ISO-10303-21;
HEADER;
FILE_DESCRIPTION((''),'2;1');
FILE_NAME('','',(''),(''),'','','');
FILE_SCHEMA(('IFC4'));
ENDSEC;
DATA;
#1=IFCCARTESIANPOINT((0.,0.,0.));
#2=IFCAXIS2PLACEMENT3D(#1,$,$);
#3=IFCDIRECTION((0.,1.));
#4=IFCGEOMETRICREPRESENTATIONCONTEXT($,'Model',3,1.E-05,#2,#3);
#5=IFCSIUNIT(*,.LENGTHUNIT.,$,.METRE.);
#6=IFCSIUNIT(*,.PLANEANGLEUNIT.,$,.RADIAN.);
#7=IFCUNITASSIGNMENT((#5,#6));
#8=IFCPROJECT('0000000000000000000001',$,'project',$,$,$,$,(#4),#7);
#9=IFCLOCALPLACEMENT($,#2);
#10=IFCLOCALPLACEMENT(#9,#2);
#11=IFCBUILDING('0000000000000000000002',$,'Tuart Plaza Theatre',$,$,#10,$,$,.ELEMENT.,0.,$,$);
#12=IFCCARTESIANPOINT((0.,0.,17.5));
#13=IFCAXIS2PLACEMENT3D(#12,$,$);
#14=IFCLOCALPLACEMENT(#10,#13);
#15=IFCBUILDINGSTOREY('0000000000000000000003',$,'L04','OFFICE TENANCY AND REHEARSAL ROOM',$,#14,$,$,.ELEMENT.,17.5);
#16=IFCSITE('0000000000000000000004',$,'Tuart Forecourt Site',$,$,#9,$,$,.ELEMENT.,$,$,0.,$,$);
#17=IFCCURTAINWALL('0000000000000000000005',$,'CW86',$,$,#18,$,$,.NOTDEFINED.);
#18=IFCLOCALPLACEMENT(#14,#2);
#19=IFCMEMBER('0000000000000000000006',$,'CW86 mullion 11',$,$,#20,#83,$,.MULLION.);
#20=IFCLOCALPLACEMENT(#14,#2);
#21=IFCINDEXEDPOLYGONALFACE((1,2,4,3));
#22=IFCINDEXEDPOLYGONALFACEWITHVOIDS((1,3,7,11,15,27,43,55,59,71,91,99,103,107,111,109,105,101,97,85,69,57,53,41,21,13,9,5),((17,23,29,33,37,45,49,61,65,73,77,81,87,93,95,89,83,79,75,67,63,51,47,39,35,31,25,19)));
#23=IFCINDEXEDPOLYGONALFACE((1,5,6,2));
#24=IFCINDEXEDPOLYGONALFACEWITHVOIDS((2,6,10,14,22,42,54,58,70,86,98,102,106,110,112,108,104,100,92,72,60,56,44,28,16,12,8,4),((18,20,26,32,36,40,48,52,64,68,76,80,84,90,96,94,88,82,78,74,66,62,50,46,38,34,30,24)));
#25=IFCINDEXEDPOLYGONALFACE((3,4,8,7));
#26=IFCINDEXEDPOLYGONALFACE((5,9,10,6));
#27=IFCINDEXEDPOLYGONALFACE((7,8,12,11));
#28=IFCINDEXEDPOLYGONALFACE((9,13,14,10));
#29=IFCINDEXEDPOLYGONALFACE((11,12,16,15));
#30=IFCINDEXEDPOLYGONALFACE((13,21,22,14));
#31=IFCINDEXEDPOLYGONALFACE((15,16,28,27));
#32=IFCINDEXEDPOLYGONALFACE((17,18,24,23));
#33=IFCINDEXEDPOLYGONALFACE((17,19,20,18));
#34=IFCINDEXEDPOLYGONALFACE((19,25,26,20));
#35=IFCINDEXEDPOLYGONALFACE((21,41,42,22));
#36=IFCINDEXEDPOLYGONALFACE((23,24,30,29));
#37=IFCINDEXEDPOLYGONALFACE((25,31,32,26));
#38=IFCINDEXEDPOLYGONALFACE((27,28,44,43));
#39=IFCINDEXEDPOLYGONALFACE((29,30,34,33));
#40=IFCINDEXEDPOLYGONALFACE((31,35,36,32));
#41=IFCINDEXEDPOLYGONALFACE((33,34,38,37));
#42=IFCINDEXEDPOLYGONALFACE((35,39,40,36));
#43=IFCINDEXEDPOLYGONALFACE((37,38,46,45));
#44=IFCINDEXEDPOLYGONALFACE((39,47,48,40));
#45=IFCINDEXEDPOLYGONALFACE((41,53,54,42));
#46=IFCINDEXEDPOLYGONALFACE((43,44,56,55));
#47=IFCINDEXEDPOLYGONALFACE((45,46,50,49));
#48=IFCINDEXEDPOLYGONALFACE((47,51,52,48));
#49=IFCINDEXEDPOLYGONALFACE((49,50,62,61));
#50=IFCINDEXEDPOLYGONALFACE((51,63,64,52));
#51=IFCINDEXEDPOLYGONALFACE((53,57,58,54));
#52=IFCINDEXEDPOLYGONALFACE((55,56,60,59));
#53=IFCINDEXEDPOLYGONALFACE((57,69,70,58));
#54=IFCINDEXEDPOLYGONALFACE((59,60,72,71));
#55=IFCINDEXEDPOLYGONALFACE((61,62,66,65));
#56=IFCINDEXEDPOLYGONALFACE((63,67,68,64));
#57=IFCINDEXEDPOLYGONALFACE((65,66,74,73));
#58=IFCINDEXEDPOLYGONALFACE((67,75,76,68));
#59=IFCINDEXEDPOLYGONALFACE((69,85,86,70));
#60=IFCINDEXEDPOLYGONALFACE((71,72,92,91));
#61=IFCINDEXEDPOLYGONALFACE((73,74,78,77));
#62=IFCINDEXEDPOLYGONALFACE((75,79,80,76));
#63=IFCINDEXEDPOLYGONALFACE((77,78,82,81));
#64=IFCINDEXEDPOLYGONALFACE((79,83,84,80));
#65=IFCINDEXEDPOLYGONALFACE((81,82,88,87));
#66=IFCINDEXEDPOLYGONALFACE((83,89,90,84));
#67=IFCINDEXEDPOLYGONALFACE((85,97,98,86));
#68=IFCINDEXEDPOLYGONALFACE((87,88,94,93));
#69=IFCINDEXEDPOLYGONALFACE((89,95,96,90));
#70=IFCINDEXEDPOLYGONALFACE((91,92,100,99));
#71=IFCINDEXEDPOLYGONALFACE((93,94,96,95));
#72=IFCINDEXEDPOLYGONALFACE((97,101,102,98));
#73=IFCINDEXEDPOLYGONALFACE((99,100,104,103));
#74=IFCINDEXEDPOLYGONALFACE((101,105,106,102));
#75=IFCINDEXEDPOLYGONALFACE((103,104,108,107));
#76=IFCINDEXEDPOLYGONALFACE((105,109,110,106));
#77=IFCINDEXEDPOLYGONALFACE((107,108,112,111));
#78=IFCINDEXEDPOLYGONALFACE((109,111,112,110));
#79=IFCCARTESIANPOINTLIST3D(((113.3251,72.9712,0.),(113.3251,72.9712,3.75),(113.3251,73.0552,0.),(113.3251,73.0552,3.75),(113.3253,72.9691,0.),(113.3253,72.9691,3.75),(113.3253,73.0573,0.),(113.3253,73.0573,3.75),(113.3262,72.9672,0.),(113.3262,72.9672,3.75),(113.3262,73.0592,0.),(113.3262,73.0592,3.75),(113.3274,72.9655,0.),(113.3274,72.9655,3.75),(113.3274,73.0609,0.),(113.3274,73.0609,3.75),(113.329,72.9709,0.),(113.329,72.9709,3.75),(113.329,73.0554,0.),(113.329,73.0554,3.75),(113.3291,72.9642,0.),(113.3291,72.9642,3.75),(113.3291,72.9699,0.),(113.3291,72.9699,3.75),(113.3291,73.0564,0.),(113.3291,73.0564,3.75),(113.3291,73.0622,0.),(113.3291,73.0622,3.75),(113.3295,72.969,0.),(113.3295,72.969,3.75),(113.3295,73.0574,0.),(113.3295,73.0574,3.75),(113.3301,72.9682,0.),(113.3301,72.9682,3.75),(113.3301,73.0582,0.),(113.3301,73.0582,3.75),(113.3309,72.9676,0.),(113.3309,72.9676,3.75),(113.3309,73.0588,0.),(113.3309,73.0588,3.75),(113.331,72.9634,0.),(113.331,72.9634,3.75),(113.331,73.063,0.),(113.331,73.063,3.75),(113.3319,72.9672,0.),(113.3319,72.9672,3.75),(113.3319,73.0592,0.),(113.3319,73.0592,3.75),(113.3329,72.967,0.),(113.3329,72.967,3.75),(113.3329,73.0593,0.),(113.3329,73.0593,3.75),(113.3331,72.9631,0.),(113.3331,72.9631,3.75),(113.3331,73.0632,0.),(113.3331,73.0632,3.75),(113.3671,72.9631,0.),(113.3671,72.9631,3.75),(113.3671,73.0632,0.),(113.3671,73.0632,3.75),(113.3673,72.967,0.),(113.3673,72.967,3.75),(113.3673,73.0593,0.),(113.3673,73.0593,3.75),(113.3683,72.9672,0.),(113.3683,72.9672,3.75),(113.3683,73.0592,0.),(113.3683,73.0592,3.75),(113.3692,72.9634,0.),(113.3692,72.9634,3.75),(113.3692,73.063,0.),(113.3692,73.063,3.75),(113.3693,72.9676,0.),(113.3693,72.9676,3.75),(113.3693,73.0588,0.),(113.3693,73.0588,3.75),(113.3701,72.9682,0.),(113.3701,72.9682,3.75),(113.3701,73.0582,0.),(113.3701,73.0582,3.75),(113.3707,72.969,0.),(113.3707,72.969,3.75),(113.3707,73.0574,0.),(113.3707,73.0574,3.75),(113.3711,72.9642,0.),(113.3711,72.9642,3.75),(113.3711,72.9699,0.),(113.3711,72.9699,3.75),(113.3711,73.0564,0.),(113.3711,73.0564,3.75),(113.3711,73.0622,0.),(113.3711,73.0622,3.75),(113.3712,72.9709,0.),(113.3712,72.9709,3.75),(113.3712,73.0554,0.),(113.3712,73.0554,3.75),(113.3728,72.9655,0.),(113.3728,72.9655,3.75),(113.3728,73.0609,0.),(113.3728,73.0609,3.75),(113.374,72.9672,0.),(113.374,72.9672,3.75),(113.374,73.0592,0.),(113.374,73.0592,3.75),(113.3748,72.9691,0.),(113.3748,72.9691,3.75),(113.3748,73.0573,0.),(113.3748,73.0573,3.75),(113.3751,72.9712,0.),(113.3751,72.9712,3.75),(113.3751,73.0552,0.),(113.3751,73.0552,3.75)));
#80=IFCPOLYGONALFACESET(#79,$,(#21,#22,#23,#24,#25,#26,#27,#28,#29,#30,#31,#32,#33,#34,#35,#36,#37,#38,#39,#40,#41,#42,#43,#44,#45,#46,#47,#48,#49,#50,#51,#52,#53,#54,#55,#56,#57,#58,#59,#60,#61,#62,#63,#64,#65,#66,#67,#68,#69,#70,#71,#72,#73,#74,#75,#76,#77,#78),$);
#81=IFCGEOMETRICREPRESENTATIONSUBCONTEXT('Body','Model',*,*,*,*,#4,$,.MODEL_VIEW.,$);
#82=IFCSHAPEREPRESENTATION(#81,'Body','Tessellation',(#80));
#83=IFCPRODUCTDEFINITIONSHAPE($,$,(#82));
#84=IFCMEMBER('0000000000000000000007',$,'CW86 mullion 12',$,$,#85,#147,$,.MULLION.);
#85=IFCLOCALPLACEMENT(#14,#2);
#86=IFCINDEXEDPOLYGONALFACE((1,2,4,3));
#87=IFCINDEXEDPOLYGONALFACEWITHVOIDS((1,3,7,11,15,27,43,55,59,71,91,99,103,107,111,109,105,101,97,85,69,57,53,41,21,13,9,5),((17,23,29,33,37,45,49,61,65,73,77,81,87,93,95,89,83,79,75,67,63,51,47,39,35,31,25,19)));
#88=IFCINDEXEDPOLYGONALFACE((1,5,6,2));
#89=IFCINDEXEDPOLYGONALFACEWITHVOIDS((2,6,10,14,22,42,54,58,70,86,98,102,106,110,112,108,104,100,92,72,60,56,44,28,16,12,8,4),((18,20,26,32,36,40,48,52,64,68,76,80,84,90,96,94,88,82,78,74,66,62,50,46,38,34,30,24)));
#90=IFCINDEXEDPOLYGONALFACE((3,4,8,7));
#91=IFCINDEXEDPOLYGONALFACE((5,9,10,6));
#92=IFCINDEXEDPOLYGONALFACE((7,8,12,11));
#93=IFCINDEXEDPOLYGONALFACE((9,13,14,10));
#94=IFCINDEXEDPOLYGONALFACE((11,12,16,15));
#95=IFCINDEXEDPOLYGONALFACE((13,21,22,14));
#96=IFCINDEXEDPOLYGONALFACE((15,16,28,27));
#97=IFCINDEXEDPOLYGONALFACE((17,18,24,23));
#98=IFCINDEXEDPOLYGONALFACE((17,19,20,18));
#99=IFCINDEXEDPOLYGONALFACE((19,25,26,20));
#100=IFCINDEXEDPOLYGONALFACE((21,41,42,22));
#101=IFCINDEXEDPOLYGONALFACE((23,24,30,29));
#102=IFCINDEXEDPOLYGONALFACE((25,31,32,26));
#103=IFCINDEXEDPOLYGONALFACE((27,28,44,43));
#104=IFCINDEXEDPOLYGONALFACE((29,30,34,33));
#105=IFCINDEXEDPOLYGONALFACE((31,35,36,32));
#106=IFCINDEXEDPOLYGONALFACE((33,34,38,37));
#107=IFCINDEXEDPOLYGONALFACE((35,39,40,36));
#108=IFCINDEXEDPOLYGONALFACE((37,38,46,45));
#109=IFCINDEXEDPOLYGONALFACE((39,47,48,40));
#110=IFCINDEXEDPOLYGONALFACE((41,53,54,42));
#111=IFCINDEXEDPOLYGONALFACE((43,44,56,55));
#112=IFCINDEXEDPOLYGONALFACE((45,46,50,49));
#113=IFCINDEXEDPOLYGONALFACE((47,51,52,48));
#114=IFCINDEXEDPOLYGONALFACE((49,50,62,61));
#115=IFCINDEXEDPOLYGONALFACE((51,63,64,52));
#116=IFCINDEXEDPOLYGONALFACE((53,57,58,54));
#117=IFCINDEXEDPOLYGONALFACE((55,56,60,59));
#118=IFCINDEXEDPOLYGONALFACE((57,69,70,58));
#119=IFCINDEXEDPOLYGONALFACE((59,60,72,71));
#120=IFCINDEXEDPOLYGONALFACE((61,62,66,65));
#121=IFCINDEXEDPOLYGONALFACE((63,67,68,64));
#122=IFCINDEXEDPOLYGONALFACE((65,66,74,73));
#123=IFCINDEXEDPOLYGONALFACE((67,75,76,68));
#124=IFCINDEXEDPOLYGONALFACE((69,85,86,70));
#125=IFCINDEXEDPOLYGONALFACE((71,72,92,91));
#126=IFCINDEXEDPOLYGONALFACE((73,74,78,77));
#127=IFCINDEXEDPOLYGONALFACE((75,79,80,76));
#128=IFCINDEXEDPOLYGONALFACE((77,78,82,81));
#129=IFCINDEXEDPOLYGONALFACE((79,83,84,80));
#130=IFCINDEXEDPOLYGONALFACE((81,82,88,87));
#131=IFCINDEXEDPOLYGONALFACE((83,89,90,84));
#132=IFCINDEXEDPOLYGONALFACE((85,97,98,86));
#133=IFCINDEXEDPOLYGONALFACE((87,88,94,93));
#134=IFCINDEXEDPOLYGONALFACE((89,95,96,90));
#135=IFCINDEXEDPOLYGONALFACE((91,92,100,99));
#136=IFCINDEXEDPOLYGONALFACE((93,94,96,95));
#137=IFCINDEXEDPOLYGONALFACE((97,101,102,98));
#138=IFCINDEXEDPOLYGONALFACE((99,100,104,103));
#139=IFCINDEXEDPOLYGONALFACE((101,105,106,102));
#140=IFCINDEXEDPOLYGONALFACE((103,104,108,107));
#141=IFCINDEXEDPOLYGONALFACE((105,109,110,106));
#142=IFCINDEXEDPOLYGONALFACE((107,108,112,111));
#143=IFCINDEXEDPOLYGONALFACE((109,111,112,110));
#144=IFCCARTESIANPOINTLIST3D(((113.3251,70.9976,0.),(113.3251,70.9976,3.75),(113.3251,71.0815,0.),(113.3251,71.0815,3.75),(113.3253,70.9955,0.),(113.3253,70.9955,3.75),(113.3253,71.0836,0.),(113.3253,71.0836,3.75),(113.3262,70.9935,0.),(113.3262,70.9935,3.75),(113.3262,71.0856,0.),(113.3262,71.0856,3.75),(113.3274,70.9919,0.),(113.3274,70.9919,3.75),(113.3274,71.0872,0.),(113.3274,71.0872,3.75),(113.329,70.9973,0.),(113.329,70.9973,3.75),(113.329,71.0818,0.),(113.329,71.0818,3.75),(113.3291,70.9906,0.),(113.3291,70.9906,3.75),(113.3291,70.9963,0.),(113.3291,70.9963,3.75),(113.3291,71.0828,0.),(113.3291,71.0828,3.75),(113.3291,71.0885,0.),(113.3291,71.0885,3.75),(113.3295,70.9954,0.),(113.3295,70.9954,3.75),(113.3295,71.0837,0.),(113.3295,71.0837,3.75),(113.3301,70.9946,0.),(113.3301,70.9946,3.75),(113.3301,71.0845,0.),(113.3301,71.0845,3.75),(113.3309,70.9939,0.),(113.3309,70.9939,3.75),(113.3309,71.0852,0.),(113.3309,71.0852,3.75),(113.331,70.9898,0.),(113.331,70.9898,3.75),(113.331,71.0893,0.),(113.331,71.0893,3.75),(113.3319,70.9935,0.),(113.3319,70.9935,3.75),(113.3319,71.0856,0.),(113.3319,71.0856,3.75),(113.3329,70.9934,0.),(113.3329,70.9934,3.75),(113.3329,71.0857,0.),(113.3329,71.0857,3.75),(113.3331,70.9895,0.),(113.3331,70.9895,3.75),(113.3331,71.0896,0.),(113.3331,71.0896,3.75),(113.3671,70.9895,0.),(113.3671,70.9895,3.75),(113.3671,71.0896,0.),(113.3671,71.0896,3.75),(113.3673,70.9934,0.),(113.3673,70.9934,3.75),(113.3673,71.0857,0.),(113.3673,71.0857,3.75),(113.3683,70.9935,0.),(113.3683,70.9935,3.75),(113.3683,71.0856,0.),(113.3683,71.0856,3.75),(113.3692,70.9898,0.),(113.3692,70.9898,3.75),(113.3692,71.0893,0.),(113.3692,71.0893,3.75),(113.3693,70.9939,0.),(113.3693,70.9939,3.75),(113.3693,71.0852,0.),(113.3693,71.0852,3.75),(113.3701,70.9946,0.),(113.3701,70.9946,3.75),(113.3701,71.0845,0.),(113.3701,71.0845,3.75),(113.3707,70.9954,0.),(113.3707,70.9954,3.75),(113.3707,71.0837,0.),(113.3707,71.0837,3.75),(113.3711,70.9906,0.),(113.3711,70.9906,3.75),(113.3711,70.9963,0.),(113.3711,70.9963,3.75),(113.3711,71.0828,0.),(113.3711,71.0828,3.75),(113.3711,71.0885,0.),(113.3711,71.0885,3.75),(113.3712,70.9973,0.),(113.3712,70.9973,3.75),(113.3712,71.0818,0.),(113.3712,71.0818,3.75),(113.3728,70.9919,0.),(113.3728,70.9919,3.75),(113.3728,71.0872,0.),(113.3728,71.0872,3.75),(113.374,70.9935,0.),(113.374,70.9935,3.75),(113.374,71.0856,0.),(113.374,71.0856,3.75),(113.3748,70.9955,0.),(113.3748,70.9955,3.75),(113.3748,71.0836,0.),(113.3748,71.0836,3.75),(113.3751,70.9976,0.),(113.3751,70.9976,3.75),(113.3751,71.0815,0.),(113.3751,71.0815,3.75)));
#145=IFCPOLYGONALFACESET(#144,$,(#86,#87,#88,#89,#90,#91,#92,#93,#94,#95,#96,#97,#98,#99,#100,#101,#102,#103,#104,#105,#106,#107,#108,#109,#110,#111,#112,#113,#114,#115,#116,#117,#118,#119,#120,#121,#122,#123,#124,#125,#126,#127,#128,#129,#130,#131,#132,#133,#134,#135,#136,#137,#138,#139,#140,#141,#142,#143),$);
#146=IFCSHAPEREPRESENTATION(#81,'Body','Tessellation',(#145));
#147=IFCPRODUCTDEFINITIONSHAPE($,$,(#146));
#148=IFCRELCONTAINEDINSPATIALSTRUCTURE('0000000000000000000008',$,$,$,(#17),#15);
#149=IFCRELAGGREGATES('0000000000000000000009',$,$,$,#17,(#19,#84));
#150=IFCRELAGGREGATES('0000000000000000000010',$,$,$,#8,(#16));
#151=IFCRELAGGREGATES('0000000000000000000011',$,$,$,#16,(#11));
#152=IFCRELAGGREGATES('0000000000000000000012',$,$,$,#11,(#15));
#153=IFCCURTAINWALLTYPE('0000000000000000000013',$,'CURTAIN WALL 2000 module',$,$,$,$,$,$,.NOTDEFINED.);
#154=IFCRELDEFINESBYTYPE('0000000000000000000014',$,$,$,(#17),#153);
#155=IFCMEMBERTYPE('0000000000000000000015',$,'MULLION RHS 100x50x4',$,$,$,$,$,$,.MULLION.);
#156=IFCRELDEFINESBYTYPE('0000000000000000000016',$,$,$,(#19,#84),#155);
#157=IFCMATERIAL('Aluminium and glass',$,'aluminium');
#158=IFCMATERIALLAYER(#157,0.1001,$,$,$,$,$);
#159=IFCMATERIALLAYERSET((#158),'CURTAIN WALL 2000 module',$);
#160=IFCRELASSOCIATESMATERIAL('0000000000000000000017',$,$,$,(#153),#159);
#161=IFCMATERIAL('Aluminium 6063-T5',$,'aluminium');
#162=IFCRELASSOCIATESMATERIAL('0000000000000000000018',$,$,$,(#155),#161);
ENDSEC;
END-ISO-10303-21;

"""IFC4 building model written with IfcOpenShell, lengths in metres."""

from ifc_helpers import new_model, si_unit, direction, frame, origin, origin_2d, place, context, subcontext, project, spatial, hollow_rectangle, extrude, material, layer, layer_set, material_profile, profile_set, type_object, element, aggregate, save


model = new_model("IFC4")

# Units and contexts
model_context = context("Model", 3, precision=1e-05, world=origin(), true_north=direction((0.0, 1.0)))
body_context = subcontext(model_context, "Body", "Model", "MODEL_VIEW")
ifc_project = project(units=[si_unit("LENGTHUNIT", "METRE"), si_unit("PLANEANGLEUNIT", "RADIAN")], contexts=[model_context])

# Site, building, storey
site_placement = place(None, origin())
site = spatial("IfcSite", under=ifc_project, at=site_placement, Name="Tuart Forecourt Site", CompositionType="ELEMENT", RefElevation=0.0)
building_placement = place(site_placement, origin())
building = spatial("IfcBuilding", under=site, at=building_placement, Name="Tuart Plaza Theatre", CompositionType="ELEMENT", ElevationOfRefHeight=0.0)
storey_placement = place(building_placement, frame((0.0, 0.0, 17.5)))
storey = spatial("IfcBuildingStorey", under=building, at=storey_placement, Name="L04", Description="OFFICE TENANCY AND REHEARSAL ROOM", CompositionType="ELEMENT", Elevation=17.5)

# Curtain wall, members
ifc_material_1 = material(Name="Aluminium and glass", Category="aluminium")
ifc_layer_1 = layer(ifc_material_1, 0.1001)
ifc_layer_set_1 = layer_set([ifc_layer_1], Name="CURTAIN WALL 2000 module")
curtain_wall_type = type_object("IfcCurtainWallType", Name="CURTAIN WALL 2000 module", PredefinedType="NOTDEFINED", material=ifc_layer_set_1)
curtain_wall_placement = place(storey_placement, origin())
curtain_wall = element("IfcCurtainWall", 1, at=curtain_wall_placement, inside=storey, type_object=curtain_wall_type, Name="CW86", PredefinedType="NOTDEFINED")
ifc_material_2 = material(Name="Aluminium 6063-T5", Category="aluminium")
ifc_material_profile_1 = material_profile(ifc_material_2, hollow_rectangle(XDim=0.05, YDim=0.1001, WallThickness=0.0039, InnerFilletRadius=0.0039, OuterFilletRadius=0.0081, at=origin_2d()), Name="RHS 100x50x4")
ifc_profile_set_1 = profile_set([ifc_material_profile_1], Name="Aluminium 6063-T5")
member_type_1 = type_object("IfcMemberType", Name="MULLION RHS 100x50x4", PredefinedType="MULLION", material=ifc_profile_set_1)
member_1_placement = place(storey_placement, frame((113.3501, 73.0132, 0.0), z_axis=(0.0, 0.0, 1.0), x_axis=(1.0, 0.0, 0.0)))
member_1 = element("IfcMember", 2, at=member_1_placement, type_object=member_type_1, Name="CW86 mullion 11", PredefinedType="MULLION", context=body_context, shape_type="SweptSolid", body=[
    extrude(hollow_rectangle(XDim=0.05, YDim=0.1001, WallThickness=0.0039, InnerFilletRadius=0.0039, OuterFilletRadius=0.0081, at=origin_2d()), origin(), (0.0, 0.0, 1.0), 3.75),
])
member_2_placement = place(storey_placement, frame((113.3501, 71.0396, 0.0), z_axis=(0.0, 0.0, 1.0), x_axis=(1.0, 0.0, 0.0)))
member_2 = element("IfcMember", 3, at=member_2_placement, type_object=member_type_1, Name="CW86 mullion 12", PredefinedType="MULLION", context=body_context, shape_type="SweptSolid", body=[
    extrude(hollow_rectangle(XDim=0.05, YDim=0.1001, WallThickness=0.0039, InnerFilletRadius=0.0039, OuterFilletRadius=0.0081, at=origin_2d()), origin(), (0.0, 0.0, 1.0), 3.75),
])
aggregate(curtain_wall, [member_1, member_2])

save(model, "model.ifc")
